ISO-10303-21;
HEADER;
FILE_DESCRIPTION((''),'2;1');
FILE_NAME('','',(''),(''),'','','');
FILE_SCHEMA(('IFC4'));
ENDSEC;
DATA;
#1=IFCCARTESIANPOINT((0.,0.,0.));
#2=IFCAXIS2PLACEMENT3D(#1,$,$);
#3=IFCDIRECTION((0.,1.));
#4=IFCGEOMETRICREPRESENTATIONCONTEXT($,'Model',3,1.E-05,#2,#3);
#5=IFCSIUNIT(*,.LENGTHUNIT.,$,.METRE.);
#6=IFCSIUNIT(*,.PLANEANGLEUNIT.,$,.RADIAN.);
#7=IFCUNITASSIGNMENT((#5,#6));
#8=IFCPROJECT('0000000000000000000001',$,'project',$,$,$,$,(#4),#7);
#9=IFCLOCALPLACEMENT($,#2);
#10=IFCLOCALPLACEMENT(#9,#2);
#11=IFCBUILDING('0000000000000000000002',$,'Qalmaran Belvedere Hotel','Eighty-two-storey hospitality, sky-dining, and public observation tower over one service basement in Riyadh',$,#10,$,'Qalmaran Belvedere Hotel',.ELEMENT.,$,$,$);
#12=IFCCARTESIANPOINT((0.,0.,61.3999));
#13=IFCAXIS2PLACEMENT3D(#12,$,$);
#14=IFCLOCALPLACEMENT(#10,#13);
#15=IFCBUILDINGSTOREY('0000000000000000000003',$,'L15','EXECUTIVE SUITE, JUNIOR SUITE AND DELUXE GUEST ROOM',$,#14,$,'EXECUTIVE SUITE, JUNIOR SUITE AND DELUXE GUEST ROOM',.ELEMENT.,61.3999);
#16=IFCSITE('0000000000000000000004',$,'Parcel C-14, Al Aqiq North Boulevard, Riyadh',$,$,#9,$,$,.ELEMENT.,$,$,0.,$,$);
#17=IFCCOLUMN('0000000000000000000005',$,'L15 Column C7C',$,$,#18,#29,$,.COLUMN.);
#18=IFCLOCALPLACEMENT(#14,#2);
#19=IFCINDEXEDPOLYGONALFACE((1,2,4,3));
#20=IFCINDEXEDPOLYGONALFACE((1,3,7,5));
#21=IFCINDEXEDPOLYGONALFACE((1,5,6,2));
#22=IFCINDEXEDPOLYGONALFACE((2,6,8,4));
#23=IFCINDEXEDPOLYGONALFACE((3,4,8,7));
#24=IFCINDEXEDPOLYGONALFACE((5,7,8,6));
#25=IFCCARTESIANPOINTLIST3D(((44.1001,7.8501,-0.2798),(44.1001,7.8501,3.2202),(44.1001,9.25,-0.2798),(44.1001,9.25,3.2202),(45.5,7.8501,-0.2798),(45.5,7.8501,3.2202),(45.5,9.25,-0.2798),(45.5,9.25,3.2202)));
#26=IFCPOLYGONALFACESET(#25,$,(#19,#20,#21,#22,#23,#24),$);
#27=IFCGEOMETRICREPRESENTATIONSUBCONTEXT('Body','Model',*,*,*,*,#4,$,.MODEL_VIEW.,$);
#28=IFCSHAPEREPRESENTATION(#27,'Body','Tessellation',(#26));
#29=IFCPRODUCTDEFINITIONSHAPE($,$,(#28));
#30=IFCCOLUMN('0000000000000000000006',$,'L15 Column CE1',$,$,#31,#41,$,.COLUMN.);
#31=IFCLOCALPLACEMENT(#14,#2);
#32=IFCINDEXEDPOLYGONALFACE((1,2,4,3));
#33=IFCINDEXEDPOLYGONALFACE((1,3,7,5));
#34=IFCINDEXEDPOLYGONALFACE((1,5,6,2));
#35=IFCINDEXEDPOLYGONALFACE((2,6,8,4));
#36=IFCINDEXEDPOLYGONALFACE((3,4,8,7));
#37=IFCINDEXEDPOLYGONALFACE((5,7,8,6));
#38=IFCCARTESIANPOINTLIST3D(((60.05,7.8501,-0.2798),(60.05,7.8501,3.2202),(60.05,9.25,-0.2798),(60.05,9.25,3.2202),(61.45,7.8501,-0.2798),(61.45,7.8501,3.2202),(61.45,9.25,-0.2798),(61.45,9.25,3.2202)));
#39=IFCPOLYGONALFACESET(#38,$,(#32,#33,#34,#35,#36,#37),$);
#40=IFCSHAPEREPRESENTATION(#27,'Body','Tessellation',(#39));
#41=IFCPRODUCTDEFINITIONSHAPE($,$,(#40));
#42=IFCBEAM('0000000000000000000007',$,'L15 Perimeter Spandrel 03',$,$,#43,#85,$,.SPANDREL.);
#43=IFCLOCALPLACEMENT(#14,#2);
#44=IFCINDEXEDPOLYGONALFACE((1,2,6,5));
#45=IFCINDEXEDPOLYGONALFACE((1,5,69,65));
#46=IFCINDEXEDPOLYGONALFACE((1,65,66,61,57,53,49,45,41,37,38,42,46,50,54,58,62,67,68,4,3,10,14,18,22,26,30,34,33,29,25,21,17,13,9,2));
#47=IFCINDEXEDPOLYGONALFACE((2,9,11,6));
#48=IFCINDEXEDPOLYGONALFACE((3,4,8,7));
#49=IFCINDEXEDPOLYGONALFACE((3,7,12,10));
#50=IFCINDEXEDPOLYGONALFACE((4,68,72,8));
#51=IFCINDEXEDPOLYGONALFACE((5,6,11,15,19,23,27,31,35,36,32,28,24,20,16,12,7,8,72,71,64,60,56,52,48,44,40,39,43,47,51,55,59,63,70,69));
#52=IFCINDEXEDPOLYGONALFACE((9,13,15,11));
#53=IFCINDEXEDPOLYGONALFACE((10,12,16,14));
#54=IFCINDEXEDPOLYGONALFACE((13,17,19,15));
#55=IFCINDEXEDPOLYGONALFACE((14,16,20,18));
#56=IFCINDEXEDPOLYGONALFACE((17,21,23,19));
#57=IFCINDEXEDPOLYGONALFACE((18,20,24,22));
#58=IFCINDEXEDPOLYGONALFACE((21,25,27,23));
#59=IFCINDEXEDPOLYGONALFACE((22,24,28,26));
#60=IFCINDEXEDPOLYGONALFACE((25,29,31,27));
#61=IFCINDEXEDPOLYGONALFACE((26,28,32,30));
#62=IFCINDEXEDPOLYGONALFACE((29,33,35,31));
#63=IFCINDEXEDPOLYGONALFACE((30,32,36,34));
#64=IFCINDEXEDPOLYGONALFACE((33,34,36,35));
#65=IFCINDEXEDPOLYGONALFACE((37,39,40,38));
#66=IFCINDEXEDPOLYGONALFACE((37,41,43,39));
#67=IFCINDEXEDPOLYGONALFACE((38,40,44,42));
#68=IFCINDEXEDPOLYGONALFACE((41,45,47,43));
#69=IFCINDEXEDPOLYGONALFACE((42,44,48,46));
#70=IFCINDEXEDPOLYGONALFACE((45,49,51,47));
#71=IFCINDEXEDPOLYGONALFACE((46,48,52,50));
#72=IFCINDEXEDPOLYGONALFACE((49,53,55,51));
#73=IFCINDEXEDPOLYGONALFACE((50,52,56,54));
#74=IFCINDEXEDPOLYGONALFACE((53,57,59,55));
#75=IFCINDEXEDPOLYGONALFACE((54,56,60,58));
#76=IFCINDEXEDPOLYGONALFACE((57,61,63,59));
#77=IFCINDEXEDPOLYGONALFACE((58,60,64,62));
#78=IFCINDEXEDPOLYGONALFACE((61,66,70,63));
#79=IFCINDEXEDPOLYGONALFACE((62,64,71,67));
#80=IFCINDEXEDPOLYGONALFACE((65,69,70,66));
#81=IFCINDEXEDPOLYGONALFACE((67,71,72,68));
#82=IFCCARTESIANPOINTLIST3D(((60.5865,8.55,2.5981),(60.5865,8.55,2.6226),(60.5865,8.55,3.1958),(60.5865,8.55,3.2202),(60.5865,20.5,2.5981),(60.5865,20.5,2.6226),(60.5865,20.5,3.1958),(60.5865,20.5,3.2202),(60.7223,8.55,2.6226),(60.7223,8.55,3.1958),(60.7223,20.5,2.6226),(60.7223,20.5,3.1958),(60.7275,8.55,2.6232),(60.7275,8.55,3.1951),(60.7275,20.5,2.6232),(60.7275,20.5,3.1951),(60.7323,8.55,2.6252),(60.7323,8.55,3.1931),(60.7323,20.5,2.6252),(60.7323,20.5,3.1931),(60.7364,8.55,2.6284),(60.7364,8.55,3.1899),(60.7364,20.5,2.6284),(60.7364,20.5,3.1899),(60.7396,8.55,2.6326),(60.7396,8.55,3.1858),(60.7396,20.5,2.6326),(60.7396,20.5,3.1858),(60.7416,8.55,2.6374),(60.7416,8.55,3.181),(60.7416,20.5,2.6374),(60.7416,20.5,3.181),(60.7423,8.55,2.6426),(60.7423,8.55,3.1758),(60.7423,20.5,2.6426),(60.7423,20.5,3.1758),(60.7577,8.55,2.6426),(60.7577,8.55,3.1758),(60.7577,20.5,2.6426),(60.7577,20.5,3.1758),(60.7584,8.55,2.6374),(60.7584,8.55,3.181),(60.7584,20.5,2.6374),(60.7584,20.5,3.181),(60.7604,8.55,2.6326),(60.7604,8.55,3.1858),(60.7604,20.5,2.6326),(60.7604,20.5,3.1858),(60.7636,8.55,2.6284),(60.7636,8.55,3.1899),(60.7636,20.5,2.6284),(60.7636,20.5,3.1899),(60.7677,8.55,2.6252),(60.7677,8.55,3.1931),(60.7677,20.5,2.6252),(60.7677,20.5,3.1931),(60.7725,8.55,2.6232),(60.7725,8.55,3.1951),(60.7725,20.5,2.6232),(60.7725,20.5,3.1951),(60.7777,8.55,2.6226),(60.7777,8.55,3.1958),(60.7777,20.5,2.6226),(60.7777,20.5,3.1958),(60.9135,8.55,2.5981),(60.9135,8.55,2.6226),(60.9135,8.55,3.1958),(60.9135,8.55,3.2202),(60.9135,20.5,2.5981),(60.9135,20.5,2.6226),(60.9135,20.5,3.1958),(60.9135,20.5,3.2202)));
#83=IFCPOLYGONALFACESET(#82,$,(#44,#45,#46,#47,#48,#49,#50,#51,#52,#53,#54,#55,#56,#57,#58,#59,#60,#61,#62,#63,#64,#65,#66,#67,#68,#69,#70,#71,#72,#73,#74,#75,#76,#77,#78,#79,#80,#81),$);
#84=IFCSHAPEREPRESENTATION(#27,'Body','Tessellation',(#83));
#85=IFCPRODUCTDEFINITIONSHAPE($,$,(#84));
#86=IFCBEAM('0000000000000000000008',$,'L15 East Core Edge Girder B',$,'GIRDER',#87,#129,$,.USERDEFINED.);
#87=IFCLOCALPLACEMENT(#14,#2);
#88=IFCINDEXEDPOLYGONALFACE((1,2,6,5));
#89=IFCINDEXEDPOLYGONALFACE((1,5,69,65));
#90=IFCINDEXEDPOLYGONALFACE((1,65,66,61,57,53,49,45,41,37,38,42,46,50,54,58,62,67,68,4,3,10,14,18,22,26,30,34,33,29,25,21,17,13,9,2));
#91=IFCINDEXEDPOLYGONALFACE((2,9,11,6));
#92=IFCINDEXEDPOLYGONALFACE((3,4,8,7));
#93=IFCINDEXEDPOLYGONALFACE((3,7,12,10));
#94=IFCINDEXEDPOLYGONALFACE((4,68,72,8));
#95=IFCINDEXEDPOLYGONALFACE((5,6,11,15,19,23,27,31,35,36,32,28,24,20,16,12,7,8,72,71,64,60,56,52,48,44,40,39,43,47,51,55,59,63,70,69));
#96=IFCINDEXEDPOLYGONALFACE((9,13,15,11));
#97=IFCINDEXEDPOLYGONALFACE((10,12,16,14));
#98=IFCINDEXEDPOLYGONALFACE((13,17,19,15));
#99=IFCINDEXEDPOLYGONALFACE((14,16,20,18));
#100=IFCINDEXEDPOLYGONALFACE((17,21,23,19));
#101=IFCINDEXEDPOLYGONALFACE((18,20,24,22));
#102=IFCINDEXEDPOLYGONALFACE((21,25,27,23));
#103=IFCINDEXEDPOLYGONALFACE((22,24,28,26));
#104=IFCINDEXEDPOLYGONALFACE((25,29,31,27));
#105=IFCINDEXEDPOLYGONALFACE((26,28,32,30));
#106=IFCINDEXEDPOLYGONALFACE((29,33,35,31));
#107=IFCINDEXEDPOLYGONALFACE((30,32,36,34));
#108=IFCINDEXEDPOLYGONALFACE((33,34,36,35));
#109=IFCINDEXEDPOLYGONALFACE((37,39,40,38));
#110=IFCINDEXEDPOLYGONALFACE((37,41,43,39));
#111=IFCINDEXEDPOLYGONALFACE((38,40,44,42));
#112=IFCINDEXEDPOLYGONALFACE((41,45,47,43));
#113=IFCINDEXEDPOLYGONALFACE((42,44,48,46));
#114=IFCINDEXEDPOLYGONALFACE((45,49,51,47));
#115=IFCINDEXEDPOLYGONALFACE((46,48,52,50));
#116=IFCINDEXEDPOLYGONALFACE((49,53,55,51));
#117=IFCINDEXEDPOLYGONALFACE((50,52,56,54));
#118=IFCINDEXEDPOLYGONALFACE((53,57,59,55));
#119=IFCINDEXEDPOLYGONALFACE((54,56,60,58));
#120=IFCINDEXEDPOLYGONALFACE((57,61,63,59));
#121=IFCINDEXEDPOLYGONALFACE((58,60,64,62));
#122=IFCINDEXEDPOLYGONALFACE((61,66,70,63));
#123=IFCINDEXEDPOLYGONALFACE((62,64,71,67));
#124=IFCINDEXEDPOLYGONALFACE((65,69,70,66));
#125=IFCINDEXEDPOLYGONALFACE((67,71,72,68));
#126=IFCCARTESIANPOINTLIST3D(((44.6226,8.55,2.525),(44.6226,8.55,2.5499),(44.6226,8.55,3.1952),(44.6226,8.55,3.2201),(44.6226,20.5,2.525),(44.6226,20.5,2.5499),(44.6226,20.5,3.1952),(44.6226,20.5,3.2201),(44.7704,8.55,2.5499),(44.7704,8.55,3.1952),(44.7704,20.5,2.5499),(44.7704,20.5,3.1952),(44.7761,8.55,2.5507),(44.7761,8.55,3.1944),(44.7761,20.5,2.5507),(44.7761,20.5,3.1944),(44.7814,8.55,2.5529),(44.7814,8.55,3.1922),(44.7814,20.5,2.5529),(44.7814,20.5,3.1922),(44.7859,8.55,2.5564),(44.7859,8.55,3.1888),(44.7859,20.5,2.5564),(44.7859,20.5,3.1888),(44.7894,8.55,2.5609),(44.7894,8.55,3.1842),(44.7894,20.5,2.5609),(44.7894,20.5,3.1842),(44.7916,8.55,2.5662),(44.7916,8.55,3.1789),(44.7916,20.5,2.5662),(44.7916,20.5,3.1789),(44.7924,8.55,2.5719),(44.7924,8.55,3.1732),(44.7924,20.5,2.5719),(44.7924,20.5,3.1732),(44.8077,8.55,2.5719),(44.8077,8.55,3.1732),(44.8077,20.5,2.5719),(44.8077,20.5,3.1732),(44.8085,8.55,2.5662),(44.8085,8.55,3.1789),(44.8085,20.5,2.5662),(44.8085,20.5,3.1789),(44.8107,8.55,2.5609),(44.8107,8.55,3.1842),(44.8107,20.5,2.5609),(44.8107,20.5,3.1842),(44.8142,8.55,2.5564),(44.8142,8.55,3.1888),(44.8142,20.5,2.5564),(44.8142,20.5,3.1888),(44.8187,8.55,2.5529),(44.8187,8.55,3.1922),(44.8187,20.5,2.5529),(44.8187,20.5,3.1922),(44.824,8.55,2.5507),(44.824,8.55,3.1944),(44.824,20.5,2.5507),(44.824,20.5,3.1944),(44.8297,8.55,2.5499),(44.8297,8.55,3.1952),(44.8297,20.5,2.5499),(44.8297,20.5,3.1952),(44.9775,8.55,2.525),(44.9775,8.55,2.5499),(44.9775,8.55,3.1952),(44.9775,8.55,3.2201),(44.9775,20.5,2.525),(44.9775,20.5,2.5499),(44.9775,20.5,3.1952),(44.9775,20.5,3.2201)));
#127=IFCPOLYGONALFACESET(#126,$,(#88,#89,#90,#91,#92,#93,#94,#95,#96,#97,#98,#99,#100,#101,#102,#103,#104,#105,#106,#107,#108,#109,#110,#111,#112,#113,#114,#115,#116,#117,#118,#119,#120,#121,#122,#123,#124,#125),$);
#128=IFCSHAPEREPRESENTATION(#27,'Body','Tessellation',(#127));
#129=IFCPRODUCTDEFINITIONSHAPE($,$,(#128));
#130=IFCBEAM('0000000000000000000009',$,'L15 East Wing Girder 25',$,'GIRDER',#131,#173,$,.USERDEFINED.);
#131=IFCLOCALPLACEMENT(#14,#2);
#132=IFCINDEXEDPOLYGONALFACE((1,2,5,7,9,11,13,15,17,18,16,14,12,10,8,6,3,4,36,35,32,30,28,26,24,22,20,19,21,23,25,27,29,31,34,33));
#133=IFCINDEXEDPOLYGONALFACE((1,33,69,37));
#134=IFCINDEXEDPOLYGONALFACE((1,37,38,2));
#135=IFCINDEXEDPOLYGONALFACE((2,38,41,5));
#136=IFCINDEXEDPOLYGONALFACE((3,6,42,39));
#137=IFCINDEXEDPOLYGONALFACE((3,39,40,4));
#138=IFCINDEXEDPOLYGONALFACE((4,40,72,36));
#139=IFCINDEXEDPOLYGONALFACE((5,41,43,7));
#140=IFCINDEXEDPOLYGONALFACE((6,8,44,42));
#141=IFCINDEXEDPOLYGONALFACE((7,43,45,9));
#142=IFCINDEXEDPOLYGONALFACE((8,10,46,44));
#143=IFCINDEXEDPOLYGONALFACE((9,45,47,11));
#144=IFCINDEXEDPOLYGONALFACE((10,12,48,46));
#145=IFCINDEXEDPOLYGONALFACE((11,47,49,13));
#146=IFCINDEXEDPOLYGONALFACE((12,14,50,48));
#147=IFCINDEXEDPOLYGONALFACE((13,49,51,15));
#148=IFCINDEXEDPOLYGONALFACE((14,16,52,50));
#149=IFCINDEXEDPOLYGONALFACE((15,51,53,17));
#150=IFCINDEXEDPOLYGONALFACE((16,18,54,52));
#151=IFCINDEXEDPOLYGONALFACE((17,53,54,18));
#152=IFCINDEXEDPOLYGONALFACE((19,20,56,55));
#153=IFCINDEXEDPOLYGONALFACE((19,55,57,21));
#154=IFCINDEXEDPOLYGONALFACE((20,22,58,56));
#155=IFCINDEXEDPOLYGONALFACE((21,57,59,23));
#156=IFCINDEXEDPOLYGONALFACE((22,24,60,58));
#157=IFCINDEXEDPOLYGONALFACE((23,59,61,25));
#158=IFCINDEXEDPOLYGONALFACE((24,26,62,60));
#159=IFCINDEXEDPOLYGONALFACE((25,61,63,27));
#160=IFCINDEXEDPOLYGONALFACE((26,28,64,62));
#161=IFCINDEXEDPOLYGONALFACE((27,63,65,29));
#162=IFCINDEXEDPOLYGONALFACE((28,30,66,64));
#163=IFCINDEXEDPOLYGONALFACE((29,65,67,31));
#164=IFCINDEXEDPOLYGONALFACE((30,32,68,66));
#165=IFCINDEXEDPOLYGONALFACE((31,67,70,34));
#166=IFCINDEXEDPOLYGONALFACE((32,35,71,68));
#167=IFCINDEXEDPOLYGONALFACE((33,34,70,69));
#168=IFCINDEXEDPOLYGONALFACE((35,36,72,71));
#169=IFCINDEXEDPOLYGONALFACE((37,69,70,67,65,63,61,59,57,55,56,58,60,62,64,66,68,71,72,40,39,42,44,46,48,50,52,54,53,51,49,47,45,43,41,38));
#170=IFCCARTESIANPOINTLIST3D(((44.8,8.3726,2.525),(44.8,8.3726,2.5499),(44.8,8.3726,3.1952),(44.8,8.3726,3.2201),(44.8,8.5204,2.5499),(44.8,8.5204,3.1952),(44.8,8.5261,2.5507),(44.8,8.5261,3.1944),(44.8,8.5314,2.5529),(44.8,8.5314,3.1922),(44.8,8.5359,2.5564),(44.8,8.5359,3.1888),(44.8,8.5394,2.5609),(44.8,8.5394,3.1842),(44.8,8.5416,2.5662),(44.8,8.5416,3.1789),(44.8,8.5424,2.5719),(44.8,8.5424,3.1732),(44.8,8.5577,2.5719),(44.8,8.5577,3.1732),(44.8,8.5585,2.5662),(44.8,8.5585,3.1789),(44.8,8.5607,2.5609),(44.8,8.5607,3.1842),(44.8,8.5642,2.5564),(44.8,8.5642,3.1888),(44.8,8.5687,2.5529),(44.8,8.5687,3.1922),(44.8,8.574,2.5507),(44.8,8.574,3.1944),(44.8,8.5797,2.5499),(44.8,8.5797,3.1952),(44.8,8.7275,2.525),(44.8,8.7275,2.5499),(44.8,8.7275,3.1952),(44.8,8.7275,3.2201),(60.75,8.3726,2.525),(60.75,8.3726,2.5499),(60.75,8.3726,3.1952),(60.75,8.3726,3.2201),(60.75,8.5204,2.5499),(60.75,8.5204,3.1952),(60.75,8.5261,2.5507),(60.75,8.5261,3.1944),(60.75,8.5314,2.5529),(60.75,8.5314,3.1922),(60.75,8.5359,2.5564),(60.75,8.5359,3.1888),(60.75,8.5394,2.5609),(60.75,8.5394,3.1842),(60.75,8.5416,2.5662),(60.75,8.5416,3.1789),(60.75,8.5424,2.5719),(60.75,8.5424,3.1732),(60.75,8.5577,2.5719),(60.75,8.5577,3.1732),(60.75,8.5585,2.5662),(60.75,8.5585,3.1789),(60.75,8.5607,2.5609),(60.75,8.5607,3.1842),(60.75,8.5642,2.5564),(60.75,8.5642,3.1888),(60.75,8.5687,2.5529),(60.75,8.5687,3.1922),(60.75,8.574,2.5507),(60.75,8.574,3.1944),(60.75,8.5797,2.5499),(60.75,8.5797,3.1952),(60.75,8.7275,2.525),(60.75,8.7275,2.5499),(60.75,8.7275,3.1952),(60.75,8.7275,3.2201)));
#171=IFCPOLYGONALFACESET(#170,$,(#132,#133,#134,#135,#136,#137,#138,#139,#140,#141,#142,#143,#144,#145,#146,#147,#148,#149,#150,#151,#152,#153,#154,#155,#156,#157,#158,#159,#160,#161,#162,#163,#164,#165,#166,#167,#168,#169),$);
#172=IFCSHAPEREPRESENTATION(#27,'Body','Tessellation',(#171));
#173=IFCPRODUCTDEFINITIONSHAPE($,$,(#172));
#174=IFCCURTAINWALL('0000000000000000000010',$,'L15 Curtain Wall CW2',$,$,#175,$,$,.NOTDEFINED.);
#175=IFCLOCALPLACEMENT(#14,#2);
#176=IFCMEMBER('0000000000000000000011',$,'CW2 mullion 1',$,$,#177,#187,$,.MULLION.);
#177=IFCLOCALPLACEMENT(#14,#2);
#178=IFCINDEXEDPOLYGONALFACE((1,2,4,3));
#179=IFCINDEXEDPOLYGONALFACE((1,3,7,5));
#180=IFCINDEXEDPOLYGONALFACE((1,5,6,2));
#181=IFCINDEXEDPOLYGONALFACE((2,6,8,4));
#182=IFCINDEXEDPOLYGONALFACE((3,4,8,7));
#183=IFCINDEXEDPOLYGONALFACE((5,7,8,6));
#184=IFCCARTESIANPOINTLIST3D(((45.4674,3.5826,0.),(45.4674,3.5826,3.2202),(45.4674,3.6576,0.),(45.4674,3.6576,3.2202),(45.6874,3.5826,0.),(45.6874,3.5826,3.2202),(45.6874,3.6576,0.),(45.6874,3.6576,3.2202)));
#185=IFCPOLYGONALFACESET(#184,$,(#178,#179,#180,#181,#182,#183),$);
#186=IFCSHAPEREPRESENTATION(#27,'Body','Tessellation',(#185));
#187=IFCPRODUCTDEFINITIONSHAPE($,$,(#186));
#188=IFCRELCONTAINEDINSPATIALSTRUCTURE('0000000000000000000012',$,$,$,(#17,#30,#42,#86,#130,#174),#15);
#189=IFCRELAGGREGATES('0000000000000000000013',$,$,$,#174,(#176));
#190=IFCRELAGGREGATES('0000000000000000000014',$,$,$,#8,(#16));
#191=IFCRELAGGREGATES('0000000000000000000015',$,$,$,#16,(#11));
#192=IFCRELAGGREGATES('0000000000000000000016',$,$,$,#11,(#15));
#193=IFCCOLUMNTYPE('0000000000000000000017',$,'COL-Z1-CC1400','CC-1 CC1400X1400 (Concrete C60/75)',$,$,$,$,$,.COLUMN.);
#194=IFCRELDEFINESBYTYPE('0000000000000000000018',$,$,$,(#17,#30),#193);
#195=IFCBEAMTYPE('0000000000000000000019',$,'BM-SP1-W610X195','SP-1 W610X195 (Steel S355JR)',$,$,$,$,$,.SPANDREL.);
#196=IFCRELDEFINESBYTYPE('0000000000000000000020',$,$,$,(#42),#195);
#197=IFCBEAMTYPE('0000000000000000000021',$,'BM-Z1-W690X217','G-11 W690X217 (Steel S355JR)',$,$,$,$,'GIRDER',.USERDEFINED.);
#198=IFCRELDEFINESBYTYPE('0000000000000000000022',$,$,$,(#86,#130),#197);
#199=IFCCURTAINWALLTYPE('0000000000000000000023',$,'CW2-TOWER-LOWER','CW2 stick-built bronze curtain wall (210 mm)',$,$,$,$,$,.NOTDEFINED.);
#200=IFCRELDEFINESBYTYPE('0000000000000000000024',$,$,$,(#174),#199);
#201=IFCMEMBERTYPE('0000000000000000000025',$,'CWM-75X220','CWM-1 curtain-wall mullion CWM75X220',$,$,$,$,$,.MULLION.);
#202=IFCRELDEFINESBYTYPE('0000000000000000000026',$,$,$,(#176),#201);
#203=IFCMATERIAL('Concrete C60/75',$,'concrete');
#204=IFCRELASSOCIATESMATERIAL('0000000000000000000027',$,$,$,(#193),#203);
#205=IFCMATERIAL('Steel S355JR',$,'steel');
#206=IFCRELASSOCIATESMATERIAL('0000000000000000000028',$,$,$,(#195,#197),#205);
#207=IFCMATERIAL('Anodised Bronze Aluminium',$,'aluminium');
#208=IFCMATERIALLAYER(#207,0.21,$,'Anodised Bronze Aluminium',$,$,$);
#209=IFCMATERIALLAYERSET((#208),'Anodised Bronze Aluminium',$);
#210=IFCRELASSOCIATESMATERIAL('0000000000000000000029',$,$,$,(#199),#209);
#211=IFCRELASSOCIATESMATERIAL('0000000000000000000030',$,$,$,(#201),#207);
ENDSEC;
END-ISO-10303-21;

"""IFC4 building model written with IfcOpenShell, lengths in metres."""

from ifc_helpers import new_model, si_unit, direction, frame, origin, origin_2d, place, context, subcontext, project, spatial, rectangle, i_section, extrude, material, layer, layer_set, material_profile, profile_set, type_object, element, aggregate, save


model = new_model("IFC4")

# Units and contexts
model_context = context("Model", 3, precision=1e-05, world=origin(), true_north=direction((0.0, 1.0)))
body_context = subcontext(model_context, "Body", "Model", "MODEL_VIEW")
ifc_project = project(units=[si_unit("LENGTHUNIT", "METRE"), si_unit("PLANEANGLEUNIT", "RADIAN")], contexts=[model_context])

# Site, building, storey
site_placement = place(None, origin())
site = spatial("IfcSite", under=ifc_project, at=site_placement, Name="Parcel C-14, Al Aqiq North Boulevard, Riyadh", CompositionType="ELEMENT", RefElevation=0.0)
building_placement = place(site_placement, origin())
building = spatial("IfcBuilding", under=site, at=building_placement, Name="Qalmaran Belvedere Hotel", Description="Eighty-two-storey hospitality, sky-dining, and public observation tower over one service basement in Riyadh", LongName="Qalmaran Belvedere Hotel", CompositionType="ELEMENT")
storey_placement = place(building_placement, frame((0.0, 0.0, 61.3999)))
storey = spatial("IfcBuildingStorey", under=building, at=storey_placement, Name="L15", Description="EXECUTIVE SUITE, JUNIOR SUITE AND DELUXE GUEST ROOM", LongName="EXECUTIVE SUITE, JUNIOR SUITE AND DELUXE GUEST ROOM", CompositionType="ELEMENT", Elevation=61.3999)

# Columns
ifc_material_1 = material(Name="Concrete C60/75", Category="concrete")
ifc_material_profile_1 = material_profile(ifc_material_1, rectangle(XDim=1.3999, YDim=1.3999, at=origin_2d()), Name="CC1400X1400")
ifc_profile_set_1 = profile_set([ifc_material_profile_1], Name="Concrete C60/75")
column_type = type_object("IfcColumnType", Name="COL-Z1-CC1400", Description="CC-1 CC1400X1400 (Concrete C60/75)", PredefinedType="COLUMN", material=ifc_profile_set_1)
for number, where, z_axis, x_axis, name in (
    (1, (44.8, 8.55, -0.2798), (0.0, 0.0, 1.0), (1.0, 0.0, 0.0), "L15 Column C7C"),
    (2, (60.75, 8.55, -0.2798), (0.0, 0.0, 1.0), (1.0, 0.0, 0.0), "L15 Column CE1"),
):
    element("IfcColumn", number, at=place(storey_placement, frame(where, z_axis=z_axis, x_axis=x_axis)), inside=storey, type_object=column_type, Name=name, PredefinedType="COLUMN", context=body_context, shape_type="SweptSolid", body=[
        extrude(rectangle(XDim=1.3999, YDim=1.3999, at=origin_2d()), origin(), (0.0, 0.0, 1.0), 3.5),
    ])

# Beams
ifc_material_2 = material(Name="Steel S355JR", Category="steel")
ifc_material_profile_2 = material_profile(ifc_material_2, i_section(OverallWidth=0.3269, OverallDepth=0.6221, WebThickness=0.0154, FlangeThickness=0.0244, FilletRadius=0.02, at=origin_2d()), Name="W610X195")
ifc_profile_set_2 = profile_set([ifc_material_profile_2], Name="Steel S355JR")
beam_type_1 = type_object("IfcBeamType", Name="BM-SP1-W610X195", Description="SP-1 W610X195 (Steel S355JR)", PredefinedType="SPANDREL", material=ifc_profile_set_2)
beam_1_placement = place(storey_placement, frame((60.75, 8.55, 2.9092), z_axis=(0.0, 1.0, 0.0), x_axis=(-1.0, 0.0, 0.0)))
element("IfcBeam", 3, at=beam_1_placement, inside=storey, type_object=beam_type_1, Name="L15 Perimeter Spandrel 03", PredefinedType="SPANDREL", context=body_context, shape_type="SweptSolid", body=[
    extrude(i_section(OverallWidth=0.3269, OverallDepth=0.6221, WebThickness=0.0154, FlangeThickness=0.0244, FilletRadius=0.02, at=origin_2d()), origin(), (0.0, 0.0, 1.0), 11.95),
])
ifc_material_profile_3 = material_profile(ifc_material_2, i_section(OverallWidth=0.355, OverallDepth=0.6951, WebThickness=0.0154, FlangeThickness=0.0249, FilletRadius=0.022, at=origin_2d()), Name="W690X217")
ifc_profile_set_3 = profile_set([ifc_material_profile_3], Name="Steel S355JR")
beam_type_2 = type_object("IfcBeamType", Name="BM-Z1-W690X217", Description="G-11 W690X217 (Steel S355JR)", ElementType="GIRDER", PredefinedType="USERDEFINED", material=ifc_profile_set_3)
beam_2_placement = place(storey_placement, frame((44.8, 8.55, 2.8726), z_axis=(0.0, 1.0, 0.0), x_axis=(-1.0, 0.0, 0.0)))
element("IfcBeam", 4, at=beam_2_placement, inside=storey, type_object=beam_type_2, Name="L15 East Core Edge Girder B", ObjectType="GIRDER", PredefinedType="USERDEFINED", context=body_context, shape_type="SweptSolid", body=[
    extrude(i_section(OverallWidth=0.355, OverallDepth=0.6951, WebThickness=0.0154, FlangeThickness=0.0249, FilletRadius=0.022, at=origin_2d()), origin(), (0.0, 0.0, 1.0), 11.95),
])
beam_3_placement = place(storey_placement, frame((44.8, 8.55, 2.8726), z_axis=(1.0, 0.0, 0.0), x_axis=(0.0, 1.0, 0.0)))
element("IfcBeam", 5, at=beam_3_placement, inside=storey, type_object=beam_type_2, Name="L15 East Wing Girder 25", ObjectType="GIRDER", PredefinedType="USERDEFINED", context=body_context, shape_type="SweptSolid", body=[
    extrude(i_section(OverallWidth=0.355, OverallDepth=0.6951, WebThickness=0.0154, FlangeThickness=0.0249, FilletRadius=0.022, at=origin_2d()), origin(), (0.0, 0.0, 1.0), 15.95),
])

# Curtain wall, member
ifc_material_3 = material(Name="Anodised Bronze Aluminium", Category="aluminium")
ifc_layer_1 = layer(ifc_material_3, 0.21, Name="Anodised Bronze Aluminium")
ifc_layer_set_1 = layer_set([ifc_layer_1], Name="Anodised Bronze Aluminium")
curtain_wall_type = type_object("IfcCurtainWallType", Name="CW2-TOWER-LOWER", Description="CW2 stick-built bronze curtain wall (210 mm)", PredefinedType="NOTDEFINED", material=ifc_layer_set_1)
curtain_wall_1_placement = place(storey_placement, origin())
curtain_wall_1 = element("IfcCurtainWall", 6, at=curtain_wall_1_placement, inside=storey, type_object=curtain_wall_type, Name="L15 Curtain Wall CW2", PredefinedType="NOTDEFINED")
ifc_material_profile_4 = material_profile(ifc_material_3, rectangle(XDim=0.075, YDim=0.22, at=origin_2d()), Name="CWM75X220")
ifc_profile_set_4 = profile_set([ifc_material_profile_4], Name="Anodised Bronze Aluminium")
member_type_1 = type_object("IfcMemberType", Name="CWM-75X220", Description="CWM-1 curtain-wall mullion CWM75X220", PredefinedType="MULLION", material=ifc_profile_set_4)
member_1_placement = place(storey_placement, frame((45.5774, 3.6201, 0.0), z_axis=(0.0, 0.0, 1.0), x_axis=(0.0, 1.0, 0.0)))
member_1 = element("IfcMember", 7, at=member_1_placement, type_object=member_type_1, Name="CW2 mullion 1", PredefinedType="MULLION", context=body_context, shape_type="SweptSolid", body=[
    extrude(rectangle(XDim=0.075, YDim=0.22, at=origin_2d()), origin(), (0.0, 0.0, 1.0), 3.2202),
])

aggregate(curtain_wall_1, [member_1])

save(model, "model.ifc")
